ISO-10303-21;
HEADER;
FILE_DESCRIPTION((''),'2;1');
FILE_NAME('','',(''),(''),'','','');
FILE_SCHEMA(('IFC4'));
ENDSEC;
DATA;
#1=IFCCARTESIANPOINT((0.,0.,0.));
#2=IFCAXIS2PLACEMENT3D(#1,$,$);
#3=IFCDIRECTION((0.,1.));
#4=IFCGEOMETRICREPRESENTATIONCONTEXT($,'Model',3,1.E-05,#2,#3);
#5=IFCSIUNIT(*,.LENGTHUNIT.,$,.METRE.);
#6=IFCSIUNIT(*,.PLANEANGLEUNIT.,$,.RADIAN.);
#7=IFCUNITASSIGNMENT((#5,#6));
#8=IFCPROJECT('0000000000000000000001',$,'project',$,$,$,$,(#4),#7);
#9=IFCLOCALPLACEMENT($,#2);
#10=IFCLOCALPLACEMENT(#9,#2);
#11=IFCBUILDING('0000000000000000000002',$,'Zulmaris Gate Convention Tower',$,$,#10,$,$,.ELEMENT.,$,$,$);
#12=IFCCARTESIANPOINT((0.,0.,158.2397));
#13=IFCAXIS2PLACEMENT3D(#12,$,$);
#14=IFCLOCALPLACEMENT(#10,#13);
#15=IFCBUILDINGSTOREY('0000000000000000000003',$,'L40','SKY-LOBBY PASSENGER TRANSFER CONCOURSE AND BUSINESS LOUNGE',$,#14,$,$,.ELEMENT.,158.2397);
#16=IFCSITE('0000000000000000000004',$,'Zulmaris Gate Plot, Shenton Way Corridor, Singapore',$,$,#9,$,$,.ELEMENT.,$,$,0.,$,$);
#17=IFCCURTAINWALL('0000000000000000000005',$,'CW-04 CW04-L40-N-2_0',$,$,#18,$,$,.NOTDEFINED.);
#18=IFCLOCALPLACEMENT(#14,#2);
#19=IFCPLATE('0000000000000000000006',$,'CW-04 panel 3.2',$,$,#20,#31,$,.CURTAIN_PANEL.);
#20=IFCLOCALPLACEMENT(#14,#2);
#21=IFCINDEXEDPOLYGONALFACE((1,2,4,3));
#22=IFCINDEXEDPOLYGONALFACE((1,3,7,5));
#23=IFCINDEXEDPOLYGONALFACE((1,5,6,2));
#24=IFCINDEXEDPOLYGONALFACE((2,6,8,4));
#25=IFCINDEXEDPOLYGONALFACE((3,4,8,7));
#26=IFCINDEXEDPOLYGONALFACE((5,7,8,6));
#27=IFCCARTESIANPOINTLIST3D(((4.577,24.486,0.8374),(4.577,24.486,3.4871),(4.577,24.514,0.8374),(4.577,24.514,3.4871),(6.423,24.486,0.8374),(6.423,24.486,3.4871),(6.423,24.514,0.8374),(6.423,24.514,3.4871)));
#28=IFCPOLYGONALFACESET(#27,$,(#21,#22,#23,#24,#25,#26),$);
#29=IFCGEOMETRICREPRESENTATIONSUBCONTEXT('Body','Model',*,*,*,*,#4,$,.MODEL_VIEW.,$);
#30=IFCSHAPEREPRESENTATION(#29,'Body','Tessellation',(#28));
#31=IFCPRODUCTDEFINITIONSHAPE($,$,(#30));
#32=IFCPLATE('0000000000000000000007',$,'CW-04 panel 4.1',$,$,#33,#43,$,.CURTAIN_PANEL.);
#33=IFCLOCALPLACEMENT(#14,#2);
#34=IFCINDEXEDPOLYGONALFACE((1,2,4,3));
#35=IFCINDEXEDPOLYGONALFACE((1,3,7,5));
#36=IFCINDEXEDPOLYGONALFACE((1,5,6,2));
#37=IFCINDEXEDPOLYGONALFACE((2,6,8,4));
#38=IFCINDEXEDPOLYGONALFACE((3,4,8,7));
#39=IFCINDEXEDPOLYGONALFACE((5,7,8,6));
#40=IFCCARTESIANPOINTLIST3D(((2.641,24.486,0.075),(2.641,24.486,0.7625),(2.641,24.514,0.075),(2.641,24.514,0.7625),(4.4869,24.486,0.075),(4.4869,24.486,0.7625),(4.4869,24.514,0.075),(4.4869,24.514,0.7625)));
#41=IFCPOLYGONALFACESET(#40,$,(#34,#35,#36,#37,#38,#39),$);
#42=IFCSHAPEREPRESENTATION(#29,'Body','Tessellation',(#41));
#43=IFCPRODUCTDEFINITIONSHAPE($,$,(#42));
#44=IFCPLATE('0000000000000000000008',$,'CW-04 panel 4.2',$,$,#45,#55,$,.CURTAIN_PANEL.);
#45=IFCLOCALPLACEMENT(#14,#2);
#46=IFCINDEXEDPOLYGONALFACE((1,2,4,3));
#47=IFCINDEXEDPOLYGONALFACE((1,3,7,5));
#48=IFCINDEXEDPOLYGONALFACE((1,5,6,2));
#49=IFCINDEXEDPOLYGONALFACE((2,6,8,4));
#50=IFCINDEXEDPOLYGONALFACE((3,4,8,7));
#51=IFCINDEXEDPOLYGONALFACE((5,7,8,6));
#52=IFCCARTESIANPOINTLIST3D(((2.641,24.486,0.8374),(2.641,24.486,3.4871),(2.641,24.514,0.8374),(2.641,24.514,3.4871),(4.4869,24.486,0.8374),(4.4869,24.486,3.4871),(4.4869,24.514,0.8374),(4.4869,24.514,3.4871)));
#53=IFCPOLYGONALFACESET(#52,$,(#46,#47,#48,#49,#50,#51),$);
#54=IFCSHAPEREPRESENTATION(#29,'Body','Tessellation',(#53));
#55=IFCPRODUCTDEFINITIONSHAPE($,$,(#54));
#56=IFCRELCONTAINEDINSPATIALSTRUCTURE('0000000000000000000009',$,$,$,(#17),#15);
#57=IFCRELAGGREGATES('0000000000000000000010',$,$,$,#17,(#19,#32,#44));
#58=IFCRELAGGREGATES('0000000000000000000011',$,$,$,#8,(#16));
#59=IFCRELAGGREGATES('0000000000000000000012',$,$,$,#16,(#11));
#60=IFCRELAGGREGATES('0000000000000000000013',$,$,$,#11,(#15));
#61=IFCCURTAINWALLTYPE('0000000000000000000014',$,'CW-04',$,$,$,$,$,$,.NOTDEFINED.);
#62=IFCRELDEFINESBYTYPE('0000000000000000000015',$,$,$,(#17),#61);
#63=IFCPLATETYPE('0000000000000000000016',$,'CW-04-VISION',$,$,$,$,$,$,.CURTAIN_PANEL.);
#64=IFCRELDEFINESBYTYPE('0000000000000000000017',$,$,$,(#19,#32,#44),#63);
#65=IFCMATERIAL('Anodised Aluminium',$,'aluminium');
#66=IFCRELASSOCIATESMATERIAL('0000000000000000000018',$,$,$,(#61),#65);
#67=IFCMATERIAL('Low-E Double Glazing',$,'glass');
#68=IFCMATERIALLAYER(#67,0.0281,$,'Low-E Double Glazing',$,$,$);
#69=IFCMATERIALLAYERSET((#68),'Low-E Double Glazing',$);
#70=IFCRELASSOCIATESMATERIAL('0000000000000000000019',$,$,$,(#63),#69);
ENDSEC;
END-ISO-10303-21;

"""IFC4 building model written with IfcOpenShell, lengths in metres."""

from ifc_helpers import new_model, si_unit, direction, frame, origin, origin_2d, place, context, subcontext, project, spatial, rectangle, extrude, material, layer, layer_set, type_object, element, aggregate, save


model = new_model("IFC4")

# Units and contexts
model_context = context("Model", 3, precision=1e-05, world=origin(), true_north=direction((0.0, 1.0)))
body_context = subcontext(model_context, "Body", "Model", "MODEL_VIEW")
ifc_project = project(units=[si_unit("LENGTHUNIT", "METRE"), si_unit("PLANEANGLEUNIT", "RADIAN")], contexts=[model_context])

# Site, building, storey
site_placement = place(None, origin())
site = spatial("IfcSite", under=ifc_project, at=site_placement, Name="Zulmaris Gate Plot, Shenton Way Corridor, Singapore", CompositionType="ELEMENT", RefElevation=0.0)
building_placement = place(site_placement, origin())
building = spatial("IfcBuilding", under=site, at=building_placement, Name="Zulmaris Gate Convention Tower", CompositionType="ELEMENT")
storey_placement = place(building_placement, frame((0.0, 0.0, 158.2397)))
storey = spatial("IfcBuildingStorey", under=building, at=storey_placement, Name="L40", Description="SKY-LOBBY PASSENGER TRANSFER CONCOURSE AND BUSINESS LOUNGE", CompositionType="ELEMENT", Elevation=158.2397)

# Curtain wall, plates
ifc_material_1 = material(Name="Anodised Aluminium", Category="aluminium")
curtain_wall_type = type_object("IfcCurtainWallType", Name="CW-04", PredefinedType="NOTDEFINED", material=ifc_material_1)
curtain_wall_placement = place(storey_placement, origin())
curtain_wall = element("IfcCurtainWall", 1, at=curtain_wall_placement, inside=storey, type_object=curtain_wall_type, Name="CW-04 CW04-L40-N-2_0", PredefinedType="NOTDEFINED")
ifc_material_2 = material(Name="Low-E Double Glazing", Category="glass")
ifc_layer = layer(ifc_material_2, 0.0281, Name="Low-E Double Glazing")
ifc_layer_set = layer_set([ifc_layer], Name="Low-E Double Glazing")
plate_type = type_object("IfcPlateType", Name="CW-04-VISION", PredefinedType="CURTAIN_PANEL", material=ifc_layer_set)
plate_1_placement = place(storey_placement, frame((5.5, 24.5, 0.8374), z_axis=(0.0, 0.0, 1.0), x_axis=(-1.0, 0.0, 0.0)))
plate_1 = element("IfcPlate", 2, at=plate_1_placement, type_object=plate_type, Name="CW-04 panel 3.2", PredefinedType="CURTAIN_PANEL", context=body_context, shape_type="SweptSolid", body=[
    extrude(rectangle(XDim=1.8459, YDim=0.0281, at=origin_2d()), origin(), (0.0, 0.0, 1.0), 2.6497),
])
plate_2_placement = place(storey_placement, frame((3.564, 24.5, 0.075), z_axis=(0.0, 0.0, 1.0), x_axis=(-1.0, 0.0, 0.0)))
plate_2 = element("IfcPlate", 3, at=plate_2_placement, type_object=plate_type, Name="CW-04 panel 4.1", PredefinedType="CURTAIN_PANEL", context=body_context, shape_type="SweptSolid", body=[
    extrude(rectangle(XDim=1.8459, YDim=0.0281, at=origin_2d()), origin(), (0.0, 0.0, 1.0), 0.6875),
])
plate_3_placement = place(storey_placement, frame((3.564, 24.5, 0.8374), z_axis=(0.0, 0.0, 1.0), x_axis=(-1.0, 0.0, 0.0)))
plate_3 = element("IfcPlate", 4, at=plate_3_placement, type_object=plate_type, Name="CW-04 panel 4.2", PredefinedType="CURTAIN_PANEL", context=body_context, shape_type="SweptSolid", body=[
    extrude(rectangle(XDim=1.8459, YDim=0.0281, at=origin_2d()), origin(), (0.0, 0.0, 1.0), 2.6497),
])
aggregate(curtain_wall, [plate_1, plate_2, plate_3])

save(model, "model.ifc")
